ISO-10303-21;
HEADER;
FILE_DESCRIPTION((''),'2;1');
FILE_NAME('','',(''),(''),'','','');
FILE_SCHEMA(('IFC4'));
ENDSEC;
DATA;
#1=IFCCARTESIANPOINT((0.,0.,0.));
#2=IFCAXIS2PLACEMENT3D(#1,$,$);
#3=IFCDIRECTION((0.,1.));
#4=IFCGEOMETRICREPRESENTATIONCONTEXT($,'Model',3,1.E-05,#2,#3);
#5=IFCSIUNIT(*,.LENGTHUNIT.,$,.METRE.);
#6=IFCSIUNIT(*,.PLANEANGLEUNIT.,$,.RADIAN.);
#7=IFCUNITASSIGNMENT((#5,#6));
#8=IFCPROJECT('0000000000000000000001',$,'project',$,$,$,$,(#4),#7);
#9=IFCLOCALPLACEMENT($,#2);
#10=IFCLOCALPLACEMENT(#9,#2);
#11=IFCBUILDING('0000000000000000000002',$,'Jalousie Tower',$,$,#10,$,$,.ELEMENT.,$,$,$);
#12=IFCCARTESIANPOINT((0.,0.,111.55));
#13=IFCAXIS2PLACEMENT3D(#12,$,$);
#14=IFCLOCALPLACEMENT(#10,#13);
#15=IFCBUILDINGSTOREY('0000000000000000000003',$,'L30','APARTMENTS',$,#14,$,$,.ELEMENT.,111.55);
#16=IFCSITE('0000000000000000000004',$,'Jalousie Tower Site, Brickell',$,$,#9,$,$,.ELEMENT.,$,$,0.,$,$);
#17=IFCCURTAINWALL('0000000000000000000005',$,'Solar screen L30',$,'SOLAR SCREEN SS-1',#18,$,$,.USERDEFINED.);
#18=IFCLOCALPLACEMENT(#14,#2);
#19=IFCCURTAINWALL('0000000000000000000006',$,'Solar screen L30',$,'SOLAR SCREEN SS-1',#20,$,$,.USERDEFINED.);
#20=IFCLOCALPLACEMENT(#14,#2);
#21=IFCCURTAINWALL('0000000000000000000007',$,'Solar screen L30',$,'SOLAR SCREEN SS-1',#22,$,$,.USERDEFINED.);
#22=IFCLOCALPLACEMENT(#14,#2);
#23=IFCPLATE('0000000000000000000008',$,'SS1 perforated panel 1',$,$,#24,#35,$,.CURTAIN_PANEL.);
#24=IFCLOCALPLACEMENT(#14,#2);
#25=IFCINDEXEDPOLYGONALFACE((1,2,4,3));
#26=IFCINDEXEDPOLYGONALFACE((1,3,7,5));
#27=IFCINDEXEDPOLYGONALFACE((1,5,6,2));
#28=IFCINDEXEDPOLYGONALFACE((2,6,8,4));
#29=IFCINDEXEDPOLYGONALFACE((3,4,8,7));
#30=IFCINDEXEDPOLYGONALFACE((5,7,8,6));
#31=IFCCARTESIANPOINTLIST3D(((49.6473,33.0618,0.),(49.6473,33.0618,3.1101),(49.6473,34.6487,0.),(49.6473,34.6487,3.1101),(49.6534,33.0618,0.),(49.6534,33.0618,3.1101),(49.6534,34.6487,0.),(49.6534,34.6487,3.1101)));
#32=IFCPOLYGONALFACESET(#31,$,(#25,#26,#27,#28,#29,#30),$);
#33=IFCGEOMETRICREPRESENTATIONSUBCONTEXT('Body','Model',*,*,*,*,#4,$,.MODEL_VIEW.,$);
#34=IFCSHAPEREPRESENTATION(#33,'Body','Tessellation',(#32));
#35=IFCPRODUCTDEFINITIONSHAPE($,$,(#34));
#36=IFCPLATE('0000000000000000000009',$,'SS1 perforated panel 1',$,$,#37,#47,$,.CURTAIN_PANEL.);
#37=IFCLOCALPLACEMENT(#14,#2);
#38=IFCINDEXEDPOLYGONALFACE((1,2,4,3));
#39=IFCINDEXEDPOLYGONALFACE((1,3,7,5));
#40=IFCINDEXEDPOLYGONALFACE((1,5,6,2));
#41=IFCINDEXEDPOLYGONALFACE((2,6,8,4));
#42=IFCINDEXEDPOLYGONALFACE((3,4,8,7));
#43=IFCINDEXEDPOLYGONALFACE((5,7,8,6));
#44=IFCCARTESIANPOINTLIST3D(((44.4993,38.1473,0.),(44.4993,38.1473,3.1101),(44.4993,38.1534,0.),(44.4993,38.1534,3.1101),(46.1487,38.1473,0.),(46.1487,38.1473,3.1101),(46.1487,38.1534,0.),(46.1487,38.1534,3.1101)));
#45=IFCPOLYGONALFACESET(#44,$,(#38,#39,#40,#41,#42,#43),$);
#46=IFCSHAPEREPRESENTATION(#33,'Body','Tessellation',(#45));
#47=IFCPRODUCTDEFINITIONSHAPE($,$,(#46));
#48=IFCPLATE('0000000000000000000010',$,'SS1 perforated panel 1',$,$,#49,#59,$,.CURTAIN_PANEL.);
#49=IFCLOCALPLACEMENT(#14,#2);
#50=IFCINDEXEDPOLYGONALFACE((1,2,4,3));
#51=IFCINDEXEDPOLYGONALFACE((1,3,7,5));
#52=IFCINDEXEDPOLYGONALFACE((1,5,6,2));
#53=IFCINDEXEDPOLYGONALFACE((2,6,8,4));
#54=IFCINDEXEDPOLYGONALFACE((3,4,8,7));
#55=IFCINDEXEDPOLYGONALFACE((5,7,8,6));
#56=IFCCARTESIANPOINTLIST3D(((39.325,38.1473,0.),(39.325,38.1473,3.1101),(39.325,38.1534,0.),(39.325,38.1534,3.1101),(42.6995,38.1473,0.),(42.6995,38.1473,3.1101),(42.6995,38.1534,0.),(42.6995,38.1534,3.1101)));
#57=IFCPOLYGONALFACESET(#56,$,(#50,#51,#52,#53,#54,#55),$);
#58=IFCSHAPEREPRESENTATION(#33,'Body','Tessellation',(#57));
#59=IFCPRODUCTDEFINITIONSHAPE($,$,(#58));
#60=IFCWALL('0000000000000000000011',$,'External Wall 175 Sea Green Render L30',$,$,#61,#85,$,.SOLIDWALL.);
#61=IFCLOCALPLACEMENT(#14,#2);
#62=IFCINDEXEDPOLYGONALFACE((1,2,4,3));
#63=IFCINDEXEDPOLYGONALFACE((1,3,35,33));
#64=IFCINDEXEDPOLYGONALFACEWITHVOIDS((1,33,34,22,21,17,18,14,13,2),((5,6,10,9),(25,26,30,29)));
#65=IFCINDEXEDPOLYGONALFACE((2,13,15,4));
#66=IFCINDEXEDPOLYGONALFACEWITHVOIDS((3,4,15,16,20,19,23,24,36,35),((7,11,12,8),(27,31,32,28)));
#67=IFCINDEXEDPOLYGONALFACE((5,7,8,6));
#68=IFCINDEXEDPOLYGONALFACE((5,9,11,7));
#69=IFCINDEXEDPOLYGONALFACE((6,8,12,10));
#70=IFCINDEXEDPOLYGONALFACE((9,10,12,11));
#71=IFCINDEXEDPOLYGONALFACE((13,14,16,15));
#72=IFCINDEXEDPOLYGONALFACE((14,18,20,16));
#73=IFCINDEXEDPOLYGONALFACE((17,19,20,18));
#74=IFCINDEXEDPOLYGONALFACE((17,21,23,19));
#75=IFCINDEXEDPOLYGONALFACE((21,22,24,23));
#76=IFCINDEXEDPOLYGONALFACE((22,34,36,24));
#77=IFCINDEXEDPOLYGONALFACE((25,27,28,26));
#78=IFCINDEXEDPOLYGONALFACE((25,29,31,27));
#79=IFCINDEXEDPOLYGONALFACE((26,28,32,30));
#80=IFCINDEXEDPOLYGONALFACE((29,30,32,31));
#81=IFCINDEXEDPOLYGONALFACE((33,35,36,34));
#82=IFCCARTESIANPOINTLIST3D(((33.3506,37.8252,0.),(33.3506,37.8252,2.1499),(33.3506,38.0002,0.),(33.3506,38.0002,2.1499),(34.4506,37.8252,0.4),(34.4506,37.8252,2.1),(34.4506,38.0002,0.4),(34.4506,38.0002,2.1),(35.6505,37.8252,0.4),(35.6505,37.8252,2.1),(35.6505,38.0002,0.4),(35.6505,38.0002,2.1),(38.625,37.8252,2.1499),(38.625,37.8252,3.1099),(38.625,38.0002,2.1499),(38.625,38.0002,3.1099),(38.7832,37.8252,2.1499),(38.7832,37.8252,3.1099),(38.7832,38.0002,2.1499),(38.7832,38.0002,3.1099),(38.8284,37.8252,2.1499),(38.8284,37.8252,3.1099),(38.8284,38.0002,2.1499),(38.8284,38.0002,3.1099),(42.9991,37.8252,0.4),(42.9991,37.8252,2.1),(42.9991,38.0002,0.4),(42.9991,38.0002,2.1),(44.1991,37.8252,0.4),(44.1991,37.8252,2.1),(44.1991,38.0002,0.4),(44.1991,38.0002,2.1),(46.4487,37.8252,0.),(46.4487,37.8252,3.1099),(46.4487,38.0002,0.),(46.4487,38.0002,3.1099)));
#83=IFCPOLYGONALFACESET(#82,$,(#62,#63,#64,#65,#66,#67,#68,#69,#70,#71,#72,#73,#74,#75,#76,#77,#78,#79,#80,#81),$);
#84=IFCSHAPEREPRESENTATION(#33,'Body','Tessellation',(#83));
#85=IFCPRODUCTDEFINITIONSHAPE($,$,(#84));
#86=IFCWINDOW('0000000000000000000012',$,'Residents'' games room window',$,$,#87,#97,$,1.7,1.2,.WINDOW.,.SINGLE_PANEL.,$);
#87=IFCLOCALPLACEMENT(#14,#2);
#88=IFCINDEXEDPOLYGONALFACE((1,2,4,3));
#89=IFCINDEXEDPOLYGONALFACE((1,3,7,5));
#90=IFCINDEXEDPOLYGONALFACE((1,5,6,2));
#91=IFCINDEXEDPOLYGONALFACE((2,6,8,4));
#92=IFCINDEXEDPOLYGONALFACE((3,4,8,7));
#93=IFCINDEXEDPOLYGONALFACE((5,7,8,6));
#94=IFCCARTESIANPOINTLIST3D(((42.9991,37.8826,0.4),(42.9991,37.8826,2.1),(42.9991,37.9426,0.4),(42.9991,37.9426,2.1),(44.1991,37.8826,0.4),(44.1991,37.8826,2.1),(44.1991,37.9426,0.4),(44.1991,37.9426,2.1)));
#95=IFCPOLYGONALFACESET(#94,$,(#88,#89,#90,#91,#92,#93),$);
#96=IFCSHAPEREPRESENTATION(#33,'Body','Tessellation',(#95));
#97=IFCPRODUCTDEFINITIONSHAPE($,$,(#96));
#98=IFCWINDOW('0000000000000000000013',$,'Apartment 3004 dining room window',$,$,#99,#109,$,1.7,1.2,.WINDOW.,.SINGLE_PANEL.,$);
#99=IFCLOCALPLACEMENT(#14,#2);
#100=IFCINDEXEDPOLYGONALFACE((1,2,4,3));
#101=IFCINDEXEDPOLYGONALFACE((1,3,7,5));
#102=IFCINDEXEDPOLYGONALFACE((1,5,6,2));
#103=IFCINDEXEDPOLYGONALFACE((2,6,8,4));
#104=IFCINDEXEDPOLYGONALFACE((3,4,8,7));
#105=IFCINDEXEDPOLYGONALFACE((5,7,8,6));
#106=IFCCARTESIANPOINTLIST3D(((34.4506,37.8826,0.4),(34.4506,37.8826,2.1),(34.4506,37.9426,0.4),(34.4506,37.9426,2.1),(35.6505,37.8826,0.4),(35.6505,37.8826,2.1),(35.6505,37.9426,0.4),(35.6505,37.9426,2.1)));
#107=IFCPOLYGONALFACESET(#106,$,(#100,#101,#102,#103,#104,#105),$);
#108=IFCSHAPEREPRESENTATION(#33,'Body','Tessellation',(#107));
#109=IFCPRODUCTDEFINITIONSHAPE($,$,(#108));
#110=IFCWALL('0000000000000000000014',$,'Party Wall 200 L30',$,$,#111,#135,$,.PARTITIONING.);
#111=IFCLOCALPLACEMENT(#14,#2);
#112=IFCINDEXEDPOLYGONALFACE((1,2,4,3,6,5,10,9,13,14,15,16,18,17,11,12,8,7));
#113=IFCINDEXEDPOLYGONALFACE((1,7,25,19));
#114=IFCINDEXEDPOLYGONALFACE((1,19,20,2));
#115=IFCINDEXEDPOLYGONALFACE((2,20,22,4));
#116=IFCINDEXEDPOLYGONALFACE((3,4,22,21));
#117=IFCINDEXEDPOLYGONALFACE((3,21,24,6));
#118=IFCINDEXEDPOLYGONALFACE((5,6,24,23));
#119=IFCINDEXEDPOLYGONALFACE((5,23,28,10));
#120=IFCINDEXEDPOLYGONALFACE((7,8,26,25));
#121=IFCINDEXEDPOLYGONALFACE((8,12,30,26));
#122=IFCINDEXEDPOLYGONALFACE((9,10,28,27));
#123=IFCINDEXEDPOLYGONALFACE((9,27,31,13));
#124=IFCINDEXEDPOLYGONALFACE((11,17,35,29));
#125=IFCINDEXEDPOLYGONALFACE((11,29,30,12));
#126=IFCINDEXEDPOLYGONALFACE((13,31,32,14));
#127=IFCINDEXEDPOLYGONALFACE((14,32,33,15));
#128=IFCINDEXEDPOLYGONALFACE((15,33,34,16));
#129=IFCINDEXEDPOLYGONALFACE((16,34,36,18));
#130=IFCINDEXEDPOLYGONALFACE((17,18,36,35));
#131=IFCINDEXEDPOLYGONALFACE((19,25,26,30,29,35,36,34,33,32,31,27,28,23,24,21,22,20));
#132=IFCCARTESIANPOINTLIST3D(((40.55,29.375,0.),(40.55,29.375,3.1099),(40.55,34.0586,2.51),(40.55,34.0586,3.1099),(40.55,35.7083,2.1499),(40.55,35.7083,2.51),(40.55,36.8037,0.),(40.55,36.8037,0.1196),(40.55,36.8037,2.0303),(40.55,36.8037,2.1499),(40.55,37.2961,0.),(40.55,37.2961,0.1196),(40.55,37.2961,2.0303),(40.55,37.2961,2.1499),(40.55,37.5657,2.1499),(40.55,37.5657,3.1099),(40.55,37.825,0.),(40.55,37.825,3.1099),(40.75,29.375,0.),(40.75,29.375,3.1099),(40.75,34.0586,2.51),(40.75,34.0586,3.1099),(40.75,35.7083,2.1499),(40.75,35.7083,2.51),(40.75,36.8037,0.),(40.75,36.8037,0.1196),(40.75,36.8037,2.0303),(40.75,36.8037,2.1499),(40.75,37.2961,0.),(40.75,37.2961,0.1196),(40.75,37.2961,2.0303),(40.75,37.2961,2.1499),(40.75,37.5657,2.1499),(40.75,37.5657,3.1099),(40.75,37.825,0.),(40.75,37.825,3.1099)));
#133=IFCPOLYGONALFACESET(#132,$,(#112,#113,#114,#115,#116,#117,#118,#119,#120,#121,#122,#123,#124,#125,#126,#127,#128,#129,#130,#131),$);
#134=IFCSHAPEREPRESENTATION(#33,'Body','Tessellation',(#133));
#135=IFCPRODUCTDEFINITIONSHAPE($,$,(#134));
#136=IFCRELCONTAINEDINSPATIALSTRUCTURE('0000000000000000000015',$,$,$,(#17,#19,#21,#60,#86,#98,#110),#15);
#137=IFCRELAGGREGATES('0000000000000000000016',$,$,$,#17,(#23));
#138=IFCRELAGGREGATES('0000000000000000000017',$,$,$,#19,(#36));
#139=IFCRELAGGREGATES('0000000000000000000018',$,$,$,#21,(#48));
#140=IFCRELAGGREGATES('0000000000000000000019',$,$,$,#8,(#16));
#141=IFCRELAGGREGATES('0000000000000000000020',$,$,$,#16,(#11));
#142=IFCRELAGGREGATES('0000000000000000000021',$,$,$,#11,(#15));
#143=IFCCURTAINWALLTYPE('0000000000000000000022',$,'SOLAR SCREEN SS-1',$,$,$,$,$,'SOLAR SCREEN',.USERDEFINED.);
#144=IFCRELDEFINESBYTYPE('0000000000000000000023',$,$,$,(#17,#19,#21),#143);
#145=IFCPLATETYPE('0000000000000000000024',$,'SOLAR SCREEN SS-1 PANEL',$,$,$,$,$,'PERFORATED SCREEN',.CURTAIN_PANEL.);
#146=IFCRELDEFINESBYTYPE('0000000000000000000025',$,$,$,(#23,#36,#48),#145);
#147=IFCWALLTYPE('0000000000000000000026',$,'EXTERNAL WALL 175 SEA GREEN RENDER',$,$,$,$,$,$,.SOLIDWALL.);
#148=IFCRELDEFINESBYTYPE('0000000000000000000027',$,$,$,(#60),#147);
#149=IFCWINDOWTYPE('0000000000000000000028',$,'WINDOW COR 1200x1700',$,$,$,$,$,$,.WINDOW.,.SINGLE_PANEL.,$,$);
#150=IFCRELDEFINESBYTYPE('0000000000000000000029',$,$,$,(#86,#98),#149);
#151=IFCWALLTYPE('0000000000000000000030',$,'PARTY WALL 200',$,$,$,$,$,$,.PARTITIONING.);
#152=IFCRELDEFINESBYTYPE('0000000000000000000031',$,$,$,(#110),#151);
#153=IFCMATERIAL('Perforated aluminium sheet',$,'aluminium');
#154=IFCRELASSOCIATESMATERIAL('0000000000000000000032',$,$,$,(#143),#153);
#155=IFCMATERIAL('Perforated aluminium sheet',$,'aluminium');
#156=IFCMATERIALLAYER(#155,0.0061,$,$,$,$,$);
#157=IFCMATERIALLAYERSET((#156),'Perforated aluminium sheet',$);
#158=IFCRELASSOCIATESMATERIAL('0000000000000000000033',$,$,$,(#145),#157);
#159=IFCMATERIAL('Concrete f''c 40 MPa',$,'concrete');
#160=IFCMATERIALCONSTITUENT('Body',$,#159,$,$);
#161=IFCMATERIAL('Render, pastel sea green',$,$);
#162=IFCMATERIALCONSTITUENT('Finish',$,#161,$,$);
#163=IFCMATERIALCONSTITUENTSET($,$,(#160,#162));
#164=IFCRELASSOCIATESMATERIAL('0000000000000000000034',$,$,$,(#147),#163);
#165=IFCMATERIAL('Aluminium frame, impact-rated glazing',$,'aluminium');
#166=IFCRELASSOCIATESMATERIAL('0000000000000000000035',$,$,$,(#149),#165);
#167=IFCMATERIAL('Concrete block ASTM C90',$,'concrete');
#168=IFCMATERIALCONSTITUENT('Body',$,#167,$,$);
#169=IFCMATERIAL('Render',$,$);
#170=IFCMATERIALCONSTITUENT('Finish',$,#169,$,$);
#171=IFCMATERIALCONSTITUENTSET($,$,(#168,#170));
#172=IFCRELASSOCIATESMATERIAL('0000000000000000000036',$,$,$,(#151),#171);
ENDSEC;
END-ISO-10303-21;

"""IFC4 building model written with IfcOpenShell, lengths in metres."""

from ifc_helpers import new_model, si_unit, direction, frame, frame_2d, origin, origin_2d, place, context, subcontext, project, spatial, polyline, rectangle, outline, extrude, material, layer, layer_set, constituent, constituent_set, type_object, element, fill, aggregate, save


model = new_model("IFC4")

# Units and contexts
model_context = context("Model", 3, precision=1e-05, world=origin(), true_north=direction((0.0, 1.0)))
body_context = subcontext(model_context, "Body", "Model", "MODEL_VIEW")
ifc_project = project(units=[si_unit("LENGTHUNIT", "METRE"), si_unit("PLANEANGLEUNIT", "RADIAN")], contexts=[model_context])

# Site, building, storey
site_placement = place(None, origin())
site = spatial("IfcSite", under=ifc_project, at=site_placement, Name="Jalousie Tower Site, Brickell", CompositionType="ELEMENT", RefElevation=0.0)
building_placement = place(site_placement, origin())
building = spatial("IfcBuilding", under=site, at=building_placement, Name="Jalousie Tower", CompositionType="ELEMENT")
storey_placement = place(building_placement, frame((0.0, 0.0, 111.55)))
storey = spatial("IfcBuildingStorey", under=building, at=storey_placement, Name="L30", Description="APARTMENTS", CompositionType="ELEMENT", Elevation=111.55)

# Curtain wall
ifc_material_1 = material(Name="Perforated aluminium sheet", Category="aluminium")
curtain_wall_type_1 = type_object("IfcCurtainWallType", Name="SOLAR SCREEN SS-1", ElementType="SOLAR SCREEN", PredefinedType="USERDEFINED", material=ifc_material_1)
curtain_wall_1_placement = place(storey_placement, origin())
curtain_wall_1 = element("IfcCurtainWall", 1, at=curtain_wall_1_placement, inside=storey, type_object=curtain_wall_type_1, Name="Solar screen L30", ObjectType="SOLAR SCREEN SS-1", PredefinedType="USERDEFINED")

# Curtain wall
curtain_wall_2_placement = place(storey_placement, origin())
curtain_wall_2 = element("IfcCurtainWall", 2, at=curtain_wall_2_placement, inside=storey, type_object=curtain_wall_type_1, Name="Solar screen L30", ObjectType="SOLAR SCREEN SS-1", PredefinedType="USERDEFINED")

# Curtain wall
curtain_wall_3_placement = place(storey_placement, origin())
curtain_wall_3 = element("IfcCurtainWall", 3, at=curtain_wall_3_placement, inside=storey, type_object=curtain_wall_type_1, Name="Solar screen L30", ObjectType="SOLAR SCREEN SS-1", PredefinedType="USERDEFINED")

# Plates
ifc_material_2 = material(Name="Perforated aluminium sheet", Category="aluminium")
ifc_layer_1 = layer(ifc_material_2, 0.0061)
ifc_layer_set_1 = layer_set([ifc_layer_1], Name="Perforated aluminium sheet")
plate_type_1 = type_object("IfcPlateType", Name="SOLAR SCREEN SS-1 PANEL", ElementType="PERFORATED SCREEN", PredefinedType="CURTAIN_PANEL", material=ifc_layer_set_1)
plate_1_placement = place(storey_placement, frame((49.6504, 33.8552, 0.0), z_axis=(0.0, 0.0, 1.0), x_axis=(0.0, 1.0, 0.0)))
plate_1 = element("IfcPlate", 4, at=plate_1_placement, type_object=plate_type_1, Name="SS1 perforated panel 1", PredefinedType="CURTAIN_PANEL", context=body_context, shape_type="SweptSolid", body=[
    extrude(rectangle(XDim=1.5869, YDim=0.0061, at=origin_2d()), origin(), (0.0, 0.0, 1.0), 3.1101),
])
aggregate(curtain_wall_1, [plate_1])
plate_2_placement = place(storey_placement, frame((45.324, 38.1504, 0.0), z_axis=(0.0, 0.0, 1.0), x_axis=(-1.0, 0.0, 0.0)))
plate_2 = element("IfcPlate", 5, at=plate_2_placement, type_object=plate_type_1, Name="SS1 perforated panel 1", PredefinedType="CURTAIN_PANEL", context=body_context, shape_type="SweptSolid", body=[
    extrude(rectangle(XDim=1.6494, YDim=0.0061, at=origin_2d()), origin(), (0.0, 0.0, 1.0), 3.1101),
])
aggregate(curtain_wall_2, [plate_2])
plate_3_placement = place(storey_placement, frame((41.0122, 38.1504, 0.0), z_axis=(0.0, 0.0, 1.0), x_axis=(-1.0, 0.0, 0.0)))
plate_3 = element("IfcPlate", 6, at=plate_3_placement, type_object=plate_type_1, Name="SS1 perforated panel 1", PredefinedType="CURTAIN_PANEL", context=body_context, shape_type="SweptSolid", body=[
    extrude(rectangle(XDim=3.3745, YDim=0.0061, at=origin_2d()), origin(), (0.0, 0.0, 1.0), 3.1101),
])
aggregate(curtain_wall_3, [plate_3])

# Wall, openings, windows
ifc_material_3 = material(Name="Concrete f'c 40 MPa", Category="concrete")
ifc_constituent_1 = constituent(ifc_material_3, Name="Body")
ifc_material_4 = material(Name="Render, pastel sea green")
ifc_constituent_2 = constituent(ifc_material_4, Name="Finish")
ifc_constituent_set_1 = constituent_set(constituents=[ifc_constituent_1, ifc_constituent_2])
wall_type_1 = type_object("IfcWallType", Name="EXTERNAL WALL 175 SEA GREEN RENDER", PredefinedType="SOLIDWALL", material=ifc_constituent_set_1)
wall_1_placement = place(storey_placement, frame((46.4487, 37.9126, 0.0), z_axis=(0.0, 0.0, 1.0), x_axis=(-1.0, 0.0, 0.0)))
wall_1 = element("IfcWall", 7, at=wall_1_placement, inside=storey, type_object=wall_type_1, Name="External Wall 175 Sea Green Render L30", PredefinedType="SOLIDWALL", context=body_context, shape_type="SweptSolid", body=[
    extrude(outline(polyline([(0.0, 0.0), (13.0981, 0.0), (13.0981, 2.1499), (7.8237, 2.1499), (7.8237, 3.1099), (7.6655, 3.1099), (7.6655, 2.1499), (7.6204, 2.1499), (7.6204, 3.1099), (0.0, 3.1099), (0.0, 0.0)])), frame((0.0, 0.0874, 0.0), z_axis=(0.0, -1.0, 0.0), x_axis=(1.0, 0.0, 0.0)), (0.0, 0.0, 1.0), 0.175),
])
opening_1_placement = place(wall_1_placement, frame((2.2495, 0.0, 0.3999)))
opening_1 = element("IfcOpeningElement", 8, at=opening_1_placement, cuts=wall_1, PredefinedType="OPENING", context=body_context, shape_type="SweptSolid", body=[
    extrude(rectangle(XDim=1.2, YDim=1.7, at=frame_2d((0.6001, 0.8501))), frame((0.0, 0.0974, 0.0), z_axis=(0.0, -1.0, 0.0), x_axis=(1.0, 0.0, 0.0)), (0.0, 0.0, 1.0), 0.1951),
])
opening_2_placement = place(wall_1_placement, frame((10.7981, 0.0, 0.3999)))
opening_2 = element("IfcOpeningElement", 9, at=opening_2_placement, cuts=wall_1, PredefinedType="OPENING", context=body_context, shape_type="SweptSolid", body=[
    extrude(rectangle(XDim=1.2, YDim=1.7, at=frame_2d((0.6001, 0.8501))), frame((0.0, 0.0974, 0.0), z_axis=(0.0, -1.0, 0.0), x_axis=(1.0, 0.0, 0.0)), (0.0, 0.0, 1.0), 0.1951),
])
ifc_material_5 = material(Name="Aluminium frame, impact-rated glazing", Category="aluminium")
window_type = type_object("IfcWindowType", Name="WINDOW COR 1200x1700", PartitioningType="SINGLE_PANEL", PredefinedType="WINDOW", material=ifc_material_5)
window_1_placement = place(opening_1_placement, origin())
window_1 = element("IfcWindow", 10, at=window_1_placement, inside=storey, type_object=window_type, Name="Residents' games room window", OverallHeight=1.7, OverallWidth=1.2, PartitioningType="SINGLE_PANEL", PredefinedType="WINDOW", context=body_context, shape_type="SweptSolid", body=[
    extrude(rectangle(XDim=1.2, YDim=1.7, at=frame_2d((0.6001, 0.8501))), frame((0.0, 0.03, 0.0), z_axis=(0.0, -1.0, 0.0), x_axis=(1.0, 0.0, 0.0)), (0.0, 0.0, 1.0), 0.0601),
])
fill(opening_1, window_1)
window_2_placement = place(opening_2_placement, origin())
window_2 = element("IfcWindow", 11, at=window_2_placement, inside=storey, type_object=window_type, Name="Apartment 3004 dining room window", OverallHeight=1.7, OverallWidth=1.2, PartitioningType="SINGLE_PANEL", PredefinedType="WINDOW", context=body_context, shape_type="SweptSolid", body=[
    extrude(rectangle(XDim=1.2, YDim=1.7, at=frame_2d((0.6001, 0.8501))), frame((0.0, 0.03, 0.0), z_axis=(0.0, -1.0, 0.0), x_axis=(1.0, 0.0, 0.0)), (0.0, 0.0, 1.0), 0.0601),
])
fill(opening_2, window_2)

# Wall
ifc_material_6 = material(Name="Concrete block ASTM C90", Category="concrete")
ifc_constituent_3 = constituent(ifc_material_6, Name="Body")
ifc_material_7 = material(Name="Render")
ifc_constituent_4 = constituent(ifc_material_7, Name="Finish")
ifc_constituent_set_2 = constituent_set(constituents=[ifc_constituent_3, ifc_constituent_4])
wall_type_2 = type_object("IfcWallType", Name="PARTY WALL 200", PredefinedType="PARTITIONING", material=ifc_constituent_set_2)
wall_2_placement = place(storey_placement, frame((40.6499, 37.825, 0.0), z_axis=(0.0, 0.0, 1.0), x_axis=(0.0, -1.0, 0.0)))
element("IfcWall", 12, at=wall_2_placement, inside=storey, type_object=wall_type_2, Name="Party Wall 200 L30", PredefinedType="PARTITIONING", context=body_context, shape_type="SweptSolid", body=[
    extrude(outline(polyline([(0.2593, 3.1099), (0.0, 3.1099), (0.0, 0.0), (0.5288, 0.0), (0.5288, 0.1196), (1.0212, 0.1196), (1.0212, 0.0), (8.45, 0.0), (8.45, 3.1099), (3.7664, 3.1099), (3.7664, 2.51), (2.1167, 2.51), (2.1167, 2.1499), (1.0212, 2.1499), (1.0212, 2.0303), (0.5288, 2.0303), (0.5288, 2.1499), (0.2593, 2.1499), (0.2593, 3.1099)])), frame((0.0, 0.1001, 0.0), z_axis=(0.0, -1.0, 0.0), x_axis=(1.0, 0.0, 0.0)), (0.0, 0.0, 1.0), 0.2),
])

save(model, "model.ifc")
